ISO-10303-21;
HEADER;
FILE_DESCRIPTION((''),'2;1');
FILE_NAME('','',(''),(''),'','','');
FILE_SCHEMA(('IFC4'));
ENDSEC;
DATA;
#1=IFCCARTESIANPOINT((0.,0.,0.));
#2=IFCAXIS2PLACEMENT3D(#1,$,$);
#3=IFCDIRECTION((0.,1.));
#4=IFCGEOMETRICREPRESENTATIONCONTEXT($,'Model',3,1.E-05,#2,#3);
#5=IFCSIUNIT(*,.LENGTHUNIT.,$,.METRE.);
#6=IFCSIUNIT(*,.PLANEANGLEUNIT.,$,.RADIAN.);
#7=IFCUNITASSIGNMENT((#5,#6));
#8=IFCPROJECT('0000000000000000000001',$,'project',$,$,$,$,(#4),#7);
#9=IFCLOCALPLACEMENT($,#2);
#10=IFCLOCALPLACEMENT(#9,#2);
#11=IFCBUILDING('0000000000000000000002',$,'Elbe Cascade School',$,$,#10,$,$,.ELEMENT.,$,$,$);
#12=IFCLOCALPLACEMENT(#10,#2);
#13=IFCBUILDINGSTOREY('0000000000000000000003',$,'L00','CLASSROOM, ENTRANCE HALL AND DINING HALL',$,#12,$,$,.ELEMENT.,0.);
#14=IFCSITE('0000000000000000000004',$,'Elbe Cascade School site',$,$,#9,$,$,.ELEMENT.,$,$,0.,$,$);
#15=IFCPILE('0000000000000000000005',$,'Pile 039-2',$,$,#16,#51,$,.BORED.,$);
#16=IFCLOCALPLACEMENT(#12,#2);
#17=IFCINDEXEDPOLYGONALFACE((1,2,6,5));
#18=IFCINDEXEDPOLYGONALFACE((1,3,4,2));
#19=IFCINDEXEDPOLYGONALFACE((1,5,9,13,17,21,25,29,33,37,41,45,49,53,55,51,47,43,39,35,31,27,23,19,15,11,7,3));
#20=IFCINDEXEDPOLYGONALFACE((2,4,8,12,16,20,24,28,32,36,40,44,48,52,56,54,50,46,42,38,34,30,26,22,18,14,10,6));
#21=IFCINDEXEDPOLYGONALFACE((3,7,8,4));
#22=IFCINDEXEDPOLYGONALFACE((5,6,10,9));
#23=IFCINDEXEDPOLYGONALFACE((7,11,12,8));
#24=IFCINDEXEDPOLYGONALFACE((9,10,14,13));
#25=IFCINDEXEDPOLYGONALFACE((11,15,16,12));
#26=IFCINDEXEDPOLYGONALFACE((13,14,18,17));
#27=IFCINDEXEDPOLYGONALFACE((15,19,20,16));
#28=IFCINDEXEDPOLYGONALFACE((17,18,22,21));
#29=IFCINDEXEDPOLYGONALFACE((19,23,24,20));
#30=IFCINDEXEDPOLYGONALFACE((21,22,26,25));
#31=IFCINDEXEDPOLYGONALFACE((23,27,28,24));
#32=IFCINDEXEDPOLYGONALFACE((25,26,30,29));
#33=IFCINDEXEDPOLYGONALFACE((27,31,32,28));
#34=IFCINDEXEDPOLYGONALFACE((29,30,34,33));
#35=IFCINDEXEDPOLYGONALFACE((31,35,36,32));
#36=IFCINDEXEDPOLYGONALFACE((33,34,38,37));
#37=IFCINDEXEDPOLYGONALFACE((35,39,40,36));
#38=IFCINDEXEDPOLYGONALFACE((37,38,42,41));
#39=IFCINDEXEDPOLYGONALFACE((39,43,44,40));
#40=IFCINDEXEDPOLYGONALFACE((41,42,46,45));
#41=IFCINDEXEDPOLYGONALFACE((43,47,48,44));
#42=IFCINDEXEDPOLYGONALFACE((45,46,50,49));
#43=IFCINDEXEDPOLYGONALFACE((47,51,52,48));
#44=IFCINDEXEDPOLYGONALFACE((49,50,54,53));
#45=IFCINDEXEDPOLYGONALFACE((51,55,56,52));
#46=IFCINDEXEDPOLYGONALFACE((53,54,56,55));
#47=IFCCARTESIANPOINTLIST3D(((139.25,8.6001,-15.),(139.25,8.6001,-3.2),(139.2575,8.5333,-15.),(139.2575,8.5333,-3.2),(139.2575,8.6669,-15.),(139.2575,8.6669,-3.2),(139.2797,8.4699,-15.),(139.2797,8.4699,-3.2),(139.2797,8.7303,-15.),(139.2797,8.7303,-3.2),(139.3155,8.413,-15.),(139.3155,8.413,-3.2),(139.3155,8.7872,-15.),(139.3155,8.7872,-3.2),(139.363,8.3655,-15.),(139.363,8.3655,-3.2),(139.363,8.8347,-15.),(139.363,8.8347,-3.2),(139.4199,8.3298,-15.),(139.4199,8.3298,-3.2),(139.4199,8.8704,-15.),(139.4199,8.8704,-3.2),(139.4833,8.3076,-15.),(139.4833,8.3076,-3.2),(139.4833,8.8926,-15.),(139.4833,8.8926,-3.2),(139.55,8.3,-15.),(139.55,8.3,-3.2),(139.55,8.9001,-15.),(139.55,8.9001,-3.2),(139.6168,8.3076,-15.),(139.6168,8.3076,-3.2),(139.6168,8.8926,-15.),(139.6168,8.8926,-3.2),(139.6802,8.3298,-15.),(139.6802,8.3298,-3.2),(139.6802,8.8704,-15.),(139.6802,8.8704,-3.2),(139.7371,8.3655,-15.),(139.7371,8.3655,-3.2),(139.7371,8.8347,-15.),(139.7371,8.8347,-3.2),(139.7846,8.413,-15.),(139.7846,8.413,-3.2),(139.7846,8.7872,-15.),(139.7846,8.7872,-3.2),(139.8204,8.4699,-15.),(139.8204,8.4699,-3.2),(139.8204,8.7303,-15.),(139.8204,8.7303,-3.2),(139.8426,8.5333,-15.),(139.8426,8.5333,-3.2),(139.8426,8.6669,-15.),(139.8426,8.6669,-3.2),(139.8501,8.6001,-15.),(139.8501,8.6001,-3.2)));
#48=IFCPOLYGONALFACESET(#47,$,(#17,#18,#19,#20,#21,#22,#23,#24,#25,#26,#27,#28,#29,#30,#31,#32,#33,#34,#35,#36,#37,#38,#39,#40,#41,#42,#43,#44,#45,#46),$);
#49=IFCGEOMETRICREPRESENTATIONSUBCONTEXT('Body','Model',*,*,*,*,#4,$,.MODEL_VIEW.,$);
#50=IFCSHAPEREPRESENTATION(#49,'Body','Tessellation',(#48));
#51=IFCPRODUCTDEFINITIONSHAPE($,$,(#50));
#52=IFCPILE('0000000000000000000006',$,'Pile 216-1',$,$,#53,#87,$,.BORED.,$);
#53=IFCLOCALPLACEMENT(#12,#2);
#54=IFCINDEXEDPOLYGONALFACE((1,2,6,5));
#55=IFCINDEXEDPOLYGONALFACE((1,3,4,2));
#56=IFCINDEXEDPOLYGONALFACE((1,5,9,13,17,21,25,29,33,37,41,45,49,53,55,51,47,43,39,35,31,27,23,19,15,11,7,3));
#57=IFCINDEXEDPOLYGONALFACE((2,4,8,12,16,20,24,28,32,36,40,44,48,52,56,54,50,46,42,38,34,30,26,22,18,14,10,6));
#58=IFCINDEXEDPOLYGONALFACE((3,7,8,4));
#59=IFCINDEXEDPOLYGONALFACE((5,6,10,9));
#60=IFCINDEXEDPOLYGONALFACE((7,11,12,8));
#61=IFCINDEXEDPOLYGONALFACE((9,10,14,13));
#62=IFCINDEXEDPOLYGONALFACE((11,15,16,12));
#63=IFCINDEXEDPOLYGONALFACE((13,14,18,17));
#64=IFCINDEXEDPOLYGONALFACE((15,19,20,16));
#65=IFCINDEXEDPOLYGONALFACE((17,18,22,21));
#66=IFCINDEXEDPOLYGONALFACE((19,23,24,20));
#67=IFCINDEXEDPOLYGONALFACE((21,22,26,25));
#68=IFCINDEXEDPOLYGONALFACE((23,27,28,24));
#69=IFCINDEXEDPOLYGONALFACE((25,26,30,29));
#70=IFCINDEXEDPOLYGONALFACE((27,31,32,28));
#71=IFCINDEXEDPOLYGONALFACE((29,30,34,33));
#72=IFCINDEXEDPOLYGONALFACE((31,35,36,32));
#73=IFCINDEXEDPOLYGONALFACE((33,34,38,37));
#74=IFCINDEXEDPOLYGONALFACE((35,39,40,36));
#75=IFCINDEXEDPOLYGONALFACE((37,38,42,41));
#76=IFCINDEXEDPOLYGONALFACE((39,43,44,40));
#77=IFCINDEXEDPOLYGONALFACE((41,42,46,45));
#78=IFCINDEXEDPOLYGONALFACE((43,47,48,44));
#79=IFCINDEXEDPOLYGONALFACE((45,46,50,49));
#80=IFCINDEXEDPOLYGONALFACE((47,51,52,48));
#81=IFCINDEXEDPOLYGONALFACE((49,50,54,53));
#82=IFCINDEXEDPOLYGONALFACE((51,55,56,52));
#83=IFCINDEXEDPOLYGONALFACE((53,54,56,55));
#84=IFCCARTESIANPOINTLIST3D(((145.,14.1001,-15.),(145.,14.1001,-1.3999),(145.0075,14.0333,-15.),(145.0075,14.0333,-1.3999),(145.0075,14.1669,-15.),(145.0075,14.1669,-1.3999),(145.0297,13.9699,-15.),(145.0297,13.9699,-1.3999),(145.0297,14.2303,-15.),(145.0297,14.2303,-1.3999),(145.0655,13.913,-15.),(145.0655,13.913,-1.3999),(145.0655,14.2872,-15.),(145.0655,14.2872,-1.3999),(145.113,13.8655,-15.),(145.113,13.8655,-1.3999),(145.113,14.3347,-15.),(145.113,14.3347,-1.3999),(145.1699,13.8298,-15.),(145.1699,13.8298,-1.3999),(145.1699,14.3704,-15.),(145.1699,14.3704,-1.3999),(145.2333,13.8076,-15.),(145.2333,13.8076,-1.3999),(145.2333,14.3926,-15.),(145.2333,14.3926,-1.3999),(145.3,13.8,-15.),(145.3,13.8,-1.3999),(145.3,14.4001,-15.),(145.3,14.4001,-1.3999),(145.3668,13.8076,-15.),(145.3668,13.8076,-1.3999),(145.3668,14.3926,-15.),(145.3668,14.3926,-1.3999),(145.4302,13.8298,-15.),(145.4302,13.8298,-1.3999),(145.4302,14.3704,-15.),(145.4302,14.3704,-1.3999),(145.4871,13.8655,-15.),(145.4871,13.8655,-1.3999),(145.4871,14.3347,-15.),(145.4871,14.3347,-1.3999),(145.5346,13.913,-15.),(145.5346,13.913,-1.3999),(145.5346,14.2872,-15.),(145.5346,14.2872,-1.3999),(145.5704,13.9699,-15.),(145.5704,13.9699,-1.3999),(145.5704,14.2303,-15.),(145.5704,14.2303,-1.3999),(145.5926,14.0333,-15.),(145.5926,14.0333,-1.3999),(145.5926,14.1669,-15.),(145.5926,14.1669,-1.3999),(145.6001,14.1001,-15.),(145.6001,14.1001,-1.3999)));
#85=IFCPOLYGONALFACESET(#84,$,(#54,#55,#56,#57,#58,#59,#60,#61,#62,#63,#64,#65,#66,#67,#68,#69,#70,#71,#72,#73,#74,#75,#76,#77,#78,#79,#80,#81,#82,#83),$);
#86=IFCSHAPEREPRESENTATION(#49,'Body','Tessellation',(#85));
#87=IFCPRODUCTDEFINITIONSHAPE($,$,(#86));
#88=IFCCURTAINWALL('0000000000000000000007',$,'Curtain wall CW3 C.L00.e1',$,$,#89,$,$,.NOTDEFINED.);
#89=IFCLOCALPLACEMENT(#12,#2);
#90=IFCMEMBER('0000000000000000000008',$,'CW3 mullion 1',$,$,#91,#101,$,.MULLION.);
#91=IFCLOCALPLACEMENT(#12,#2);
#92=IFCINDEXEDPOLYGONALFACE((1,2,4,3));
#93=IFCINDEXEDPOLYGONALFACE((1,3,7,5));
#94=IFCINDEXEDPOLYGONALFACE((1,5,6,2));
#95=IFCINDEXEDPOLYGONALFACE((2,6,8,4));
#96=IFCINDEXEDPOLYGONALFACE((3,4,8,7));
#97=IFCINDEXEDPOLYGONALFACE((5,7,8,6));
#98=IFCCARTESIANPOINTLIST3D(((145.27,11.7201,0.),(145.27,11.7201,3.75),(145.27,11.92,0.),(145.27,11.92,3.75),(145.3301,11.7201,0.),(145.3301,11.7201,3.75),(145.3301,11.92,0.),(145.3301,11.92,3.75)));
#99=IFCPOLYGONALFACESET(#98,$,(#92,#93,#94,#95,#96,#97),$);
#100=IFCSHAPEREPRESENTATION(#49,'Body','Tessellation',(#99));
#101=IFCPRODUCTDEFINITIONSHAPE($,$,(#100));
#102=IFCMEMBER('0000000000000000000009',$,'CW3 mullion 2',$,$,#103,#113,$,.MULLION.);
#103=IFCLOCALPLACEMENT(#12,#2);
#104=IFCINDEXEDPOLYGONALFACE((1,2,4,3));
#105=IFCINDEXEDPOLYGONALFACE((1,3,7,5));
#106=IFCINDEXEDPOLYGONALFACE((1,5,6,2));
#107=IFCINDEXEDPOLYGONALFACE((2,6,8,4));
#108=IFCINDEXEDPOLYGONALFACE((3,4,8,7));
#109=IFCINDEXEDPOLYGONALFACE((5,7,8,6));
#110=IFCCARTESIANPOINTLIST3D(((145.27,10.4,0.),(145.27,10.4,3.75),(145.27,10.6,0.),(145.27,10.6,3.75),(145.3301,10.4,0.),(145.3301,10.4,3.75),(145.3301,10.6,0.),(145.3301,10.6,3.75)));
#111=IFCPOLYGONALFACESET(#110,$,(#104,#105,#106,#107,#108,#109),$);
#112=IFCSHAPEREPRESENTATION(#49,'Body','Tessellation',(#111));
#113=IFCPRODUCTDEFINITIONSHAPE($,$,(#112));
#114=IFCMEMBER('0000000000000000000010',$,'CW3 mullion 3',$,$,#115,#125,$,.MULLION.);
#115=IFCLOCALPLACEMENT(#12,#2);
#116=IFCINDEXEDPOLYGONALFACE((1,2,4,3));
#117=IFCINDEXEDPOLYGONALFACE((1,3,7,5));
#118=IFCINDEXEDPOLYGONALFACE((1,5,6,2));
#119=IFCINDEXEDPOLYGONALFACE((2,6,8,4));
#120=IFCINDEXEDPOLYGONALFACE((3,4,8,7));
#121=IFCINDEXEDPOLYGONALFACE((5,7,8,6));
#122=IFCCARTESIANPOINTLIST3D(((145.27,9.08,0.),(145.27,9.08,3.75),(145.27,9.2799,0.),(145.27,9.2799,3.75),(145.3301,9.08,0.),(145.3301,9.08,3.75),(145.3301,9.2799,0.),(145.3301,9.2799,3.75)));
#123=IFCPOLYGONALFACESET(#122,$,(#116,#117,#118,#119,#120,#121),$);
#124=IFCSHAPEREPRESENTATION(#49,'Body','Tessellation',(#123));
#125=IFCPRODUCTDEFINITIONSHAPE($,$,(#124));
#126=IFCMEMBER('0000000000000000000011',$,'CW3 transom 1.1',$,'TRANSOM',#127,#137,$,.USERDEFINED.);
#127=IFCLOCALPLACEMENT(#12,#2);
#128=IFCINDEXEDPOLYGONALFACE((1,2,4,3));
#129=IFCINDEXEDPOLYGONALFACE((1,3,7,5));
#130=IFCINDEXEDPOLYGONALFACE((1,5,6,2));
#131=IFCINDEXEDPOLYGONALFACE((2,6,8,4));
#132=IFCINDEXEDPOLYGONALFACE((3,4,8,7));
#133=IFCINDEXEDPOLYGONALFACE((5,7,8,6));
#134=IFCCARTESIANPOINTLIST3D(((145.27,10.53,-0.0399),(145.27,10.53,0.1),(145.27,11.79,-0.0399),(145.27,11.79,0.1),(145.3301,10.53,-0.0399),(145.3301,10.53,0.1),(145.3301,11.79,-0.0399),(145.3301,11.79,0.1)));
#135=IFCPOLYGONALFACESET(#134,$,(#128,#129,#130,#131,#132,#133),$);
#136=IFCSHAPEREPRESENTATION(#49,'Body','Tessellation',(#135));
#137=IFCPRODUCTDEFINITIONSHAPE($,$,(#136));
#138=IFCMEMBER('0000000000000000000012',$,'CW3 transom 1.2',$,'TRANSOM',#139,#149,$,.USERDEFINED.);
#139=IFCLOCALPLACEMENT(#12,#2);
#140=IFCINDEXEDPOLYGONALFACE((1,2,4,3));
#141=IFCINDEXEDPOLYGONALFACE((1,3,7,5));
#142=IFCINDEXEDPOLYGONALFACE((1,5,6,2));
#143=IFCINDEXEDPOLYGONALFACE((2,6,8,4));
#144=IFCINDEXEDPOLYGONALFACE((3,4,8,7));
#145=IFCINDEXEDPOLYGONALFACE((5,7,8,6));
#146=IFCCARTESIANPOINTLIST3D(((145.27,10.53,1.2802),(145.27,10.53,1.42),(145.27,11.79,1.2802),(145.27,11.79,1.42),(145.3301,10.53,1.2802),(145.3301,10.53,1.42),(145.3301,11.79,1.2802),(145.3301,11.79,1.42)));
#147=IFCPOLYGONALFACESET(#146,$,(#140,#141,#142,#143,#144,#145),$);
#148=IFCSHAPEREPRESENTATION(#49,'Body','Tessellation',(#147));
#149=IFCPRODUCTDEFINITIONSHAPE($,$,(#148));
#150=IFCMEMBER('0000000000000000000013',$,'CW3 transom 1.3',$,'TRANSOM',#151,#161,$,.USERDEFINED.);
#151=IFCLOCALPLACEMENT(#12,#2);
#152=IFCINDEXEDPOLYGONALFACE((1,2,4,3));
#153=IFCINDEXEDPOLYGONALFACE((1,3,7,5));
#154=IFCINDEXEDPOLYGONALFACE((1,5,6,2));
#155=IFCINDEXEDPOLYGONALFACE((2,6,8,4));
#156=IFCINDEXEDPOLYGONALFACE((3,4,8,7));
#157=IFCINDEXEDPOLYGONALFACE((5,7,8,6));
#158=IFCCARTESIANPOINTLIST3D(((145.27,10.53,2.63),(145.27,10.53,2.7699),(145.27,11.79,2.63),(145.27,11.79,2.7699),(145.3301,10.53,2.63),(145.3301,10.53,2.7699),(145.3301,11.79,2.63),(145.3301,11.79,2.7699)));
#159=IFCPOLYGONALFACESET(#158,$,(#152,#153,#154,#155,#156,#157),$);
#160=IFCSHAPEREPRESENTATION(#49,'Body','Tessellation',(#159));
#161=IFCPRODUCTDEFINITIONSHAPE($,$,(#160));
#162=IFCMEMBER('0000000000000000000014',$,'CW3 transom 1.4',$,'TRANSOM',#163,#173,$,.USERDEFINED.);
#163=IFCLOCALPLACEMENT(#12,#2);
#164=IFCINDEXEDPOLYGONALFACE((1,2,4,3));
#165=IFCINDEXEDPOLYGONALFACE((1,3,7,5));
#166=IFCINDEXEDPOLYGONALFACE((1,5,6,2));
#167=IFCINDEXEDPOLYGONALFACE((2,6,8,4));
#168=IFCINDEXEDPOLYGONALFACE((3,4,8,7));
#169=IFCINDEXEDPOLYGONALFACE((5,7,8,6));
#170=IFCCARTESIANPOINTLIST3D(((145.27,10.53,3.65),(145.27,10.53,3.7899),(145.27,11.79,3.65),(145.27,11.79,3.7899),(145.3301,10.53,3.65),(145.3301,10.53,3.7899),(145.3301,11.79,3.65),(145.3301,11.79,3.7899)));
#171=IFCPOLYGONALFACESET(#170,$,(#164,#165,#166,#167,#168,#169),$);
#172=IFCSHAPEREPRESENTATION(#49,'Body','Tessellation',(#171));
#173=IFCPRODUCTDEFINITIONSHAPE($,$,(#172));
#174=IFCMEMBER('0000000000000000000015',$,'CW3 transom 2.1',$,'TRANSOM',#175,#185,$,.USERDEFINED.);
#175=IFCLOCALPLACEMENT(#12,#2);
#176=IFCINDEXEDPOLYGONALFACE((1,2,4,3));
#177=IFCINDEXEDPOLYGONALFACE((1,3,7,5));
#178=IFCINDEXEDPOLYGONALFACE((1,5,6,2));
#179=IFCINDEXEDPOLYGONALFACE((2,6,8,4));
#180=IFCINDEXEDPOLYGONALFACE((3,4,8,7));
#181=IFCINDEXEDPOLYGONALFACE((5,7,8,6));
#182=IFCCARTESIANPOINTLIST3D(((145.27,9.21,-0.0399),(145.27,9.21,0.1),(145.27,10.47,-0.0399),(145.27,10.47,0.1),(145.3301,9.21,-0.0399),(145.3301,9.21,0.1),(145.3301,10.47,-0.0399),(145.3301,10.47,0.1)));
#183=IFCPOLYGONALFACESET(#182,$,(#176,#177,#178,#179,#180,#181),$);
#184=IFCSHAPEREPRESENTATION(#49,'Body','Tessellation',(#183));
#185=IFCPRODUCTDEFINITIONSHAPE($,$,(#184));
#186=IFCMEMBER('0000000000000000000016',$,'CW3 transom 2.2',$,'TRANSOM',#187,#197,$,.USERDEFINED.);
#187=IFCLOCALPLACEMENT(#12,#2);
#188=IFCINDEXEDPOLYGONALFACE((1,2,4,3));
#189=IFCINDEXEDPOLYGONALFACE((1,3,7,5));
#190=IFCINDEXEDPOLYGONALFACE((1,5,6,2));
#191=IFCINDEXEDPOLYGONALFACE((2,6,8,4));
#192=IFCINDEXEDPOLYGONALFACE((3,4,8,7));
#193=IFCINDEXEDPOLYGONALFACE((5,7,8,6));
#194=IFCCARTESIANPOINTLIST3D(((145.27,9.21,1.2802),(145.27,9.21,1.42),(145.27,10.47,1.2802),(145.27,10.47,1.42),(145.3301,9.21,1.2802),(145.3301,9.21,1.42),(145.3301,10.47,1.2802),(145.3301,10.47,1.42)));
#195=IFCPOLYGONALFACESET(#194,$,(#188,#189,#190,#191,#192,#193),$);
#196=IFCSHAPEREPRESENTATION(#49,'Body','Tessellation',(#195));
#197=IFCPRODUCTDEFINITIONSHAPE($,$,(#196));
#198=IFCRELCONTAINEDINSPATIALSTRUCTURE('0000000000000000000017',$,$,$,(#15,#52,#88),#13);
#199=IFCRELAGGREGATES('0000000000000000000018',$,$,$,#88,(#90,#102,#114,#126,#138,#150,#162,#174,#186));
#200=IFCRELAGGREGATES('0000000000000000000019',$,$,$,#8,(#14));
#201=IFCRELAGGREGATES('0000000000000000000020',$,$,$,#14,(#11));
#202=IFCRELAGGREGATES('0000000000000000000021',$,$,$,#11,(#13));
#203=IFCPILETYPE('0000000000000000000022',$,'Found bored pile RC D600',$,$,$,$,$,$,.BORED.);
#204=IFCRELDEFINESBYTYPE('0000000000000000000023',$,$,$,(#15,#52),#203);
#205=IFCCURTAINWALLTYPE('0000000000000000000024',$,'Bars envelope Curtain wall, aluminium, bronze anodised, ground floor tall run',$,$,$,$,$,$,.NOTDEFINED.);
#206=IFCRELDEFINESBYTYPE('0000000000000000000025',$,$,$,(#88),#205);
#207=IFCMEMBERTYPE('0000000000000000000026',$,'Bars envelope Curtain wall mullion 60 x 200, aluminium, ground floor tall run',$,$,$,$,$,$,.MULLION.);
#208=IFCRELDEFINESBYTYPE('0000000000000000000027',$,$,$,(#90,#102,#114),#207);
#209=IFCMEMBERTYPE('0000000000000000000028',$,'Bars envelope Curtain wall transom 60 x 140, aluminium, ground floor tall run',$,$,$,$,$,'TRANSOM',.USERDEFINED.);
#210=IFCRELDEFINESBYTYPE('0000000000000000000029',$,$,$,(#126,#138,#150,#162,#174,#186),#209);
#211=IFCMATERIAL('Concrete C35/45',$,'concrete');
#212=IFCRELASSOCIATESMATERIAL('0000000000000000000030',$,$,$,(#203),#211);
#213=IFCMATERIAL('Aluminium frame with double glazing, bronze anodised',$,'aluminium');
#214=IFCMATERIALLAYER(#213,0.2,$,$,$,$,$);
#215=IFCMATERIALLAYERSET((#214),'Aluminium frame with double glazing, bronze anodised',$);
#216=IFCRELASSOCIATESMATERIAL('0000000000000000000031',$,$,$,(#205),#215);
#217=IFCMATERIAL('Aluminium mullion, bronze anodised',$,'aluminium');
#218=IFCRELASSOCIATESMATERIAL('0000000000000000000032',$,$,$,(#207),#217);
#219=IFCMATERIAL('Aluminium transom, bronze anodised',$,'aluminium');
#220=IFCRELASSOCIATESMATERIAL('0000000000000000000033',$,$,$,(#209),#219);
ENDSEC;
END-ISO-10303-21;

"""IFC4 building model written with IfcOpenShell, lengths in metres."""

from ifc_helpers import new_model, si_unit, direction, frame, origin, origin_2d, place, context, subcontext, project, spatial, rectangle, circle, extrude, material, layer, layer_set, material_profile, profile_set, type_object, element, aggregate, save


model = new_model("IFC4")

# Units and contexts
model_context = context("Model", 3, precision=1e-05, world=origin(), true_north=direction((0.0, 1.0)))
body_context = subcontext(model_context, "Body", "Model", "MODEL_VIEW")
ifc_project = project(units=[si_unit("LENGTHUNIT", "METRE"), si_unit("PLANEANGLEUNIT", "RADIAN")], contexts=[model_context])

# Site, building, storey
site_placement = place(None, origin())
site = spatial("IfcSite", under=ifc_project, at=site_placement, Name="Elbe Cascade School site", CompositionType="ELEMENT", RefElevation=0.0)
building_placement = place(site_placement, origin())
building = spatial("IfcBuilding", under=site, at=building_placement, Name="Elbe Cascade School", CompositionType="ELEMENT")
storey_placement = place(building_placement, origin())
storey = spatial("IfcBuildingStorey", under=building, at=storey_placement, Name="L00", Description="CLASSROOM, ENTRANCE HALL AND DINING HALL", CompositionType="ELEMENT", Elevation=0.0)

# Piles
ifc_material_1 = material(Name="Concrete C35/45", Category="concrete")
ifc_material_profile_1 = material_profile(ifc_material_1, circle(Radius=0.3, at=origin_2d()), Name="RC D600")
ifc_profile_set_1 = profile_set([ifc_material_profile_1], Name="Concrete C35/45")
pile_type = type_object("IfcPileType", Name="Found bored pile RC D600", PredefinedType="BORED", material=ifc_profile_set_1)
pile_1_placement = place(storey_placement, frame((139.55, 8.6001, -3.2), z_axis=(0.0, 0.0, -1.0), x_axis=(1.0, 0.0, 0.0)))
element("IfcPile", 1, at=pile_1_placement, inside=storey, type_object=pile_type, Name="Pile 039-2", PredefinedType="BORED", context=body_context, shape_type="SweptSolid", body=[
    extrude(circle(Radius=0.3, at=origin_2d()), origin(), (0.0, 0.0, 1.0), 11.8),
])
pile_2_placement = place(storey_placement, frame((145.3, 14.1001, -1.3999), z_axis=(0.0, 0.0, -1.0), x_axis=(1.0, 0.0, 0.0)))
element("IfcPile", 2, at=pile_2_placement, inside=storey, type_object=pile_type, Name="Pile 216-1", PredefinedType="BORED", context=body_context, shape_type="SweptSolid", body=[
    extrude(circle(Radius=0.3, at=origin_2d()), origin(), (0.0, 0.0, 1.0), 13.6001),
])

# Curtain wall, members
ifc_material_2 = material(Name="Aluminium frame with double glazing, bronze anodised", Category="aluminium")
ifc_layer_1 = layer(ifc_material_2, 0.2)
ifc_layer_set_1 = layer_set([ifc_layer_1], Name="Aluminium frame with double glazing, bronze anodised")
curtain_wall_type = type_object("IfcCurtainWallType", Name="Bars envelope Curtain wall, aluminium, bronze anodised, ground floor tall run", PredefinedType="NOTDEFINED", material=ifc_layer_set_1)
curtain_wall_placement = place(storey_placement, origin())
curtain_wall = element("IfcCurtainWall", 3, at=curtain_wall_placement, inside=storey, type_object=curtain_wall_type, Name="Curtain wall CW3 C.L00.e1", PredefinedType="NOTDEFINED")
ifc_material_3 = material(Name="Aluminium mullion, bronze anodised", Category="aluminium")
ifc_material_profile_2 = material_profile(ifc_material_3, rectangle(XDim=0.0601, YDim=0.2, at=origin_2d()), Name="Bars envelope Curtain wall mullion 60 x 200, aluminium, ground floor tall run")
ifc_profile_set_2 = profile_set([ifc_material_profile_2], Name="Aluminium mullion, bronze anodised")
member_type_1 = type_object("IfcMemberType", Name="Bars envelope Curtain wall mullion 60 x 200, aluminium, ground floor tall run", PredefinedType="MULLION", material=ifc_profile_set_2)
member_1_placement = place(storey_placement, frame((145.3, 11.8201, 0.0), z_axis=(0.0, 0.0, 1.0), x_axis=(1.0, 0.0, 0.0)))
member_1 = element("IfcMember", 4, at=member_1_placement, type_object=member_type_1, Name="CW3 mullion 1", PredefinedType="MULLION", context=body_context, shape_type="SweptSolid", body=[
    extrude(rectangle(XDim=0.0601, YDim=0.2, at=origin_2d()), origin(), (0.0, 0.0, 1.0), 3.75),
])
member_2_placement = place(storey_placement, frame((145.3, 10.5, 0.0), z_axis=(0.0, 0.0, 1.0), x_axis=(1.0, 0.0, 0.0)))
member_2 = element("IfcMember", 5, at=member_2_placement, type_object=member_type_1, Name="CW3 mullion 2", PredefinedType="MULLION", context=body_context, shape_type="SweptSolid", body=[
    extrude(rectangle(XDim=0.0601, YDim=0.2, at=origin_2d()), origin(), (0.0, 0.0, 1.0), 3.75),
])
member_3_placement = place(storey_placement, frame((145.3, 9.1799, 0.0), z_axis=(0.0, 0.0, 1.0), x_axis=(1.0, 0.0, 0.0)))
member_3 = element("IfcMember", 6, at=member_3_placement, type_object=member_type_1, Name="CW3 mullion 3", PredefinedType="MULLION", context=body_context, shape_type="SweptSolid", body=[
    extrude(rectangle(XDim=0.0601, YDim=0.2, at=origin_2d()), origin(), (0.0, 0.0, 1.0), 3.75),
])
ifc_material_4 = material(Name="Aluminium transom, bronze anodised", Category="aluminium")
ifc_material_profile_3 = material_profile(ifc_material_4, rectangle(XDim=0.0601, YDim=0.1399, at=origin_2d()), Name="Bars envelope Curtain wall transom 60 x 140, aluminium, ground floor tall run")
ifc_profile_set_3 = profile_set([ifc_material_profile_3], Name="Aluminium transom, bronze anodised")
member_type_2 = type_object("IfcMemberType", Name="Bars envelope Curtain wall transom 60 x 140, aluminium, ground floor tall run", ElementType="TRANSOM", PredefinedType="USERDEFINED", material=ifc_profile_set_3)
member_4_placement = place(storey_placement, frame((145.3, 11.79, 0.03), z_axis=(0.0, -1.0, 0.0), x_axis=(1.0, 0.0, 0.0)))
member_4 = element("IfcMember", 7, at=member_4_placement, type_object=member_type_2, Name="CW3 transom 1.1", ObjectType="TRANSOM", PredefinedType="USERDEFINED", context=body_context, shape_type="SweptSolid", body=[
    extrude(rectangle(XDim=0.0601, YDim=0.1399, at=origin_2d()), origin(), (0.0, 0.0, 1.0), 1.26),
])
member_5_placement = place(storey_placement, frame((145.3, 11.79, 1.3501), z_axis=(0.0, -1.0, 0.0), x_axis=(1.0, 0.0, 0.0)))
member_5 = element("IfcMember", 8, at=member_5_placement, type_object=member_type_2, Name="CW3 transom 1.2", ObjectType="TRANSOM", PredefinedType="USERDEFINED", context=body_context, shape_type="SweptSolid", body=[
    extrude(rectangle(XDim=0.0601, YDim=0.1399, at=origin_2d()), origin(), (0.0, 0.0, 1.0), 1.26),
])
member_6_placement = place(storey_placement, frame((145.3, 11.79, 2.7), z_axis=(0.0, -1.0, 0.0), x_axis=(1.0, 0.0, 0.0)))
member_6 = element("IfcMember", 9, at=member_6_placement, type_object=member_type_2, Name="CW3 transom 1.3", ObjectType="TRANSOM", PredefinedType="USERDEFINED", context=body_context, shape_type="SweptSolid", body=[
    extrude(rectangle(XDim=0.0601, YDim=0.1399, at=origin_2d()), origin(), (0.0, 0.0, 1.0), 1.26),
])
member_7_placement = place(storey_placement, frame((145.3, 11.79, 3.72), z_axis=(0.0, -1.0, 0.0), x_axis=(1.0, 0.0, 0.0)))
member_7 = element("IfcMember", 10, at=member_7_placement, type_object=member_type_2, Name="CW3 transom 1.4", ObjectType="TRANSOM", PredefinedType="USERDEFINED", context=body_context, shape_type="SweptSolid", body=[
    extrude(rectangle(XDim=0.0601, YDim=0.1399, at=origin_2d()), origin(), (0.0, 0.0, 1.0), 1.26),
])
member_8_placement = place(storey_placement, frame((145.3, 10.47, 0.03), z_axis=(0.0, -1.0, 0.0), x_axis=(1.0, 0.0, 0.0)))
member_8 = element("IfcMember", 11, at=member_8_placement, type_object=member_type_2, Name="CW3 transom 2.1", ObjectType="TRANSOM", PredefinedType="USERDEFINED", context=body_context, shape_type="SweptSolid", body=[
    extrude(rectangle(XDim=0.0601, YDim=0.1399, at=origin_2d()), origin(), (0.0, 0.0, 1.0), 1.26),
])
member_9_placement = place(storey_placement, frame((145.3, 10.47, 1.3501), z_axis=(0.0, -1.0, 0.0), x_axis=(1.0, 0.0, 0.0)))
member_9 = element("IfcMember", 12, at=member_9_placement, type_object=member_type_2, Name="CW3 transom 2.2", ObjectType="TRANSOM", PredefinedType="USERDEFINED", context=body_context, shape_type="SweptSolid", body=[
    extrude(rectangle(XDim=0.0601, YDim=0.1399, at=origin_2d()), origin(), (0.0, 0.0, 1.0), 1.26),
])
aggregate(curtain_wall, [member_1, member_2, member_3, member_4, member_5, member_6, member_7, member_8, member_9])

save(model, "model.ifc")
